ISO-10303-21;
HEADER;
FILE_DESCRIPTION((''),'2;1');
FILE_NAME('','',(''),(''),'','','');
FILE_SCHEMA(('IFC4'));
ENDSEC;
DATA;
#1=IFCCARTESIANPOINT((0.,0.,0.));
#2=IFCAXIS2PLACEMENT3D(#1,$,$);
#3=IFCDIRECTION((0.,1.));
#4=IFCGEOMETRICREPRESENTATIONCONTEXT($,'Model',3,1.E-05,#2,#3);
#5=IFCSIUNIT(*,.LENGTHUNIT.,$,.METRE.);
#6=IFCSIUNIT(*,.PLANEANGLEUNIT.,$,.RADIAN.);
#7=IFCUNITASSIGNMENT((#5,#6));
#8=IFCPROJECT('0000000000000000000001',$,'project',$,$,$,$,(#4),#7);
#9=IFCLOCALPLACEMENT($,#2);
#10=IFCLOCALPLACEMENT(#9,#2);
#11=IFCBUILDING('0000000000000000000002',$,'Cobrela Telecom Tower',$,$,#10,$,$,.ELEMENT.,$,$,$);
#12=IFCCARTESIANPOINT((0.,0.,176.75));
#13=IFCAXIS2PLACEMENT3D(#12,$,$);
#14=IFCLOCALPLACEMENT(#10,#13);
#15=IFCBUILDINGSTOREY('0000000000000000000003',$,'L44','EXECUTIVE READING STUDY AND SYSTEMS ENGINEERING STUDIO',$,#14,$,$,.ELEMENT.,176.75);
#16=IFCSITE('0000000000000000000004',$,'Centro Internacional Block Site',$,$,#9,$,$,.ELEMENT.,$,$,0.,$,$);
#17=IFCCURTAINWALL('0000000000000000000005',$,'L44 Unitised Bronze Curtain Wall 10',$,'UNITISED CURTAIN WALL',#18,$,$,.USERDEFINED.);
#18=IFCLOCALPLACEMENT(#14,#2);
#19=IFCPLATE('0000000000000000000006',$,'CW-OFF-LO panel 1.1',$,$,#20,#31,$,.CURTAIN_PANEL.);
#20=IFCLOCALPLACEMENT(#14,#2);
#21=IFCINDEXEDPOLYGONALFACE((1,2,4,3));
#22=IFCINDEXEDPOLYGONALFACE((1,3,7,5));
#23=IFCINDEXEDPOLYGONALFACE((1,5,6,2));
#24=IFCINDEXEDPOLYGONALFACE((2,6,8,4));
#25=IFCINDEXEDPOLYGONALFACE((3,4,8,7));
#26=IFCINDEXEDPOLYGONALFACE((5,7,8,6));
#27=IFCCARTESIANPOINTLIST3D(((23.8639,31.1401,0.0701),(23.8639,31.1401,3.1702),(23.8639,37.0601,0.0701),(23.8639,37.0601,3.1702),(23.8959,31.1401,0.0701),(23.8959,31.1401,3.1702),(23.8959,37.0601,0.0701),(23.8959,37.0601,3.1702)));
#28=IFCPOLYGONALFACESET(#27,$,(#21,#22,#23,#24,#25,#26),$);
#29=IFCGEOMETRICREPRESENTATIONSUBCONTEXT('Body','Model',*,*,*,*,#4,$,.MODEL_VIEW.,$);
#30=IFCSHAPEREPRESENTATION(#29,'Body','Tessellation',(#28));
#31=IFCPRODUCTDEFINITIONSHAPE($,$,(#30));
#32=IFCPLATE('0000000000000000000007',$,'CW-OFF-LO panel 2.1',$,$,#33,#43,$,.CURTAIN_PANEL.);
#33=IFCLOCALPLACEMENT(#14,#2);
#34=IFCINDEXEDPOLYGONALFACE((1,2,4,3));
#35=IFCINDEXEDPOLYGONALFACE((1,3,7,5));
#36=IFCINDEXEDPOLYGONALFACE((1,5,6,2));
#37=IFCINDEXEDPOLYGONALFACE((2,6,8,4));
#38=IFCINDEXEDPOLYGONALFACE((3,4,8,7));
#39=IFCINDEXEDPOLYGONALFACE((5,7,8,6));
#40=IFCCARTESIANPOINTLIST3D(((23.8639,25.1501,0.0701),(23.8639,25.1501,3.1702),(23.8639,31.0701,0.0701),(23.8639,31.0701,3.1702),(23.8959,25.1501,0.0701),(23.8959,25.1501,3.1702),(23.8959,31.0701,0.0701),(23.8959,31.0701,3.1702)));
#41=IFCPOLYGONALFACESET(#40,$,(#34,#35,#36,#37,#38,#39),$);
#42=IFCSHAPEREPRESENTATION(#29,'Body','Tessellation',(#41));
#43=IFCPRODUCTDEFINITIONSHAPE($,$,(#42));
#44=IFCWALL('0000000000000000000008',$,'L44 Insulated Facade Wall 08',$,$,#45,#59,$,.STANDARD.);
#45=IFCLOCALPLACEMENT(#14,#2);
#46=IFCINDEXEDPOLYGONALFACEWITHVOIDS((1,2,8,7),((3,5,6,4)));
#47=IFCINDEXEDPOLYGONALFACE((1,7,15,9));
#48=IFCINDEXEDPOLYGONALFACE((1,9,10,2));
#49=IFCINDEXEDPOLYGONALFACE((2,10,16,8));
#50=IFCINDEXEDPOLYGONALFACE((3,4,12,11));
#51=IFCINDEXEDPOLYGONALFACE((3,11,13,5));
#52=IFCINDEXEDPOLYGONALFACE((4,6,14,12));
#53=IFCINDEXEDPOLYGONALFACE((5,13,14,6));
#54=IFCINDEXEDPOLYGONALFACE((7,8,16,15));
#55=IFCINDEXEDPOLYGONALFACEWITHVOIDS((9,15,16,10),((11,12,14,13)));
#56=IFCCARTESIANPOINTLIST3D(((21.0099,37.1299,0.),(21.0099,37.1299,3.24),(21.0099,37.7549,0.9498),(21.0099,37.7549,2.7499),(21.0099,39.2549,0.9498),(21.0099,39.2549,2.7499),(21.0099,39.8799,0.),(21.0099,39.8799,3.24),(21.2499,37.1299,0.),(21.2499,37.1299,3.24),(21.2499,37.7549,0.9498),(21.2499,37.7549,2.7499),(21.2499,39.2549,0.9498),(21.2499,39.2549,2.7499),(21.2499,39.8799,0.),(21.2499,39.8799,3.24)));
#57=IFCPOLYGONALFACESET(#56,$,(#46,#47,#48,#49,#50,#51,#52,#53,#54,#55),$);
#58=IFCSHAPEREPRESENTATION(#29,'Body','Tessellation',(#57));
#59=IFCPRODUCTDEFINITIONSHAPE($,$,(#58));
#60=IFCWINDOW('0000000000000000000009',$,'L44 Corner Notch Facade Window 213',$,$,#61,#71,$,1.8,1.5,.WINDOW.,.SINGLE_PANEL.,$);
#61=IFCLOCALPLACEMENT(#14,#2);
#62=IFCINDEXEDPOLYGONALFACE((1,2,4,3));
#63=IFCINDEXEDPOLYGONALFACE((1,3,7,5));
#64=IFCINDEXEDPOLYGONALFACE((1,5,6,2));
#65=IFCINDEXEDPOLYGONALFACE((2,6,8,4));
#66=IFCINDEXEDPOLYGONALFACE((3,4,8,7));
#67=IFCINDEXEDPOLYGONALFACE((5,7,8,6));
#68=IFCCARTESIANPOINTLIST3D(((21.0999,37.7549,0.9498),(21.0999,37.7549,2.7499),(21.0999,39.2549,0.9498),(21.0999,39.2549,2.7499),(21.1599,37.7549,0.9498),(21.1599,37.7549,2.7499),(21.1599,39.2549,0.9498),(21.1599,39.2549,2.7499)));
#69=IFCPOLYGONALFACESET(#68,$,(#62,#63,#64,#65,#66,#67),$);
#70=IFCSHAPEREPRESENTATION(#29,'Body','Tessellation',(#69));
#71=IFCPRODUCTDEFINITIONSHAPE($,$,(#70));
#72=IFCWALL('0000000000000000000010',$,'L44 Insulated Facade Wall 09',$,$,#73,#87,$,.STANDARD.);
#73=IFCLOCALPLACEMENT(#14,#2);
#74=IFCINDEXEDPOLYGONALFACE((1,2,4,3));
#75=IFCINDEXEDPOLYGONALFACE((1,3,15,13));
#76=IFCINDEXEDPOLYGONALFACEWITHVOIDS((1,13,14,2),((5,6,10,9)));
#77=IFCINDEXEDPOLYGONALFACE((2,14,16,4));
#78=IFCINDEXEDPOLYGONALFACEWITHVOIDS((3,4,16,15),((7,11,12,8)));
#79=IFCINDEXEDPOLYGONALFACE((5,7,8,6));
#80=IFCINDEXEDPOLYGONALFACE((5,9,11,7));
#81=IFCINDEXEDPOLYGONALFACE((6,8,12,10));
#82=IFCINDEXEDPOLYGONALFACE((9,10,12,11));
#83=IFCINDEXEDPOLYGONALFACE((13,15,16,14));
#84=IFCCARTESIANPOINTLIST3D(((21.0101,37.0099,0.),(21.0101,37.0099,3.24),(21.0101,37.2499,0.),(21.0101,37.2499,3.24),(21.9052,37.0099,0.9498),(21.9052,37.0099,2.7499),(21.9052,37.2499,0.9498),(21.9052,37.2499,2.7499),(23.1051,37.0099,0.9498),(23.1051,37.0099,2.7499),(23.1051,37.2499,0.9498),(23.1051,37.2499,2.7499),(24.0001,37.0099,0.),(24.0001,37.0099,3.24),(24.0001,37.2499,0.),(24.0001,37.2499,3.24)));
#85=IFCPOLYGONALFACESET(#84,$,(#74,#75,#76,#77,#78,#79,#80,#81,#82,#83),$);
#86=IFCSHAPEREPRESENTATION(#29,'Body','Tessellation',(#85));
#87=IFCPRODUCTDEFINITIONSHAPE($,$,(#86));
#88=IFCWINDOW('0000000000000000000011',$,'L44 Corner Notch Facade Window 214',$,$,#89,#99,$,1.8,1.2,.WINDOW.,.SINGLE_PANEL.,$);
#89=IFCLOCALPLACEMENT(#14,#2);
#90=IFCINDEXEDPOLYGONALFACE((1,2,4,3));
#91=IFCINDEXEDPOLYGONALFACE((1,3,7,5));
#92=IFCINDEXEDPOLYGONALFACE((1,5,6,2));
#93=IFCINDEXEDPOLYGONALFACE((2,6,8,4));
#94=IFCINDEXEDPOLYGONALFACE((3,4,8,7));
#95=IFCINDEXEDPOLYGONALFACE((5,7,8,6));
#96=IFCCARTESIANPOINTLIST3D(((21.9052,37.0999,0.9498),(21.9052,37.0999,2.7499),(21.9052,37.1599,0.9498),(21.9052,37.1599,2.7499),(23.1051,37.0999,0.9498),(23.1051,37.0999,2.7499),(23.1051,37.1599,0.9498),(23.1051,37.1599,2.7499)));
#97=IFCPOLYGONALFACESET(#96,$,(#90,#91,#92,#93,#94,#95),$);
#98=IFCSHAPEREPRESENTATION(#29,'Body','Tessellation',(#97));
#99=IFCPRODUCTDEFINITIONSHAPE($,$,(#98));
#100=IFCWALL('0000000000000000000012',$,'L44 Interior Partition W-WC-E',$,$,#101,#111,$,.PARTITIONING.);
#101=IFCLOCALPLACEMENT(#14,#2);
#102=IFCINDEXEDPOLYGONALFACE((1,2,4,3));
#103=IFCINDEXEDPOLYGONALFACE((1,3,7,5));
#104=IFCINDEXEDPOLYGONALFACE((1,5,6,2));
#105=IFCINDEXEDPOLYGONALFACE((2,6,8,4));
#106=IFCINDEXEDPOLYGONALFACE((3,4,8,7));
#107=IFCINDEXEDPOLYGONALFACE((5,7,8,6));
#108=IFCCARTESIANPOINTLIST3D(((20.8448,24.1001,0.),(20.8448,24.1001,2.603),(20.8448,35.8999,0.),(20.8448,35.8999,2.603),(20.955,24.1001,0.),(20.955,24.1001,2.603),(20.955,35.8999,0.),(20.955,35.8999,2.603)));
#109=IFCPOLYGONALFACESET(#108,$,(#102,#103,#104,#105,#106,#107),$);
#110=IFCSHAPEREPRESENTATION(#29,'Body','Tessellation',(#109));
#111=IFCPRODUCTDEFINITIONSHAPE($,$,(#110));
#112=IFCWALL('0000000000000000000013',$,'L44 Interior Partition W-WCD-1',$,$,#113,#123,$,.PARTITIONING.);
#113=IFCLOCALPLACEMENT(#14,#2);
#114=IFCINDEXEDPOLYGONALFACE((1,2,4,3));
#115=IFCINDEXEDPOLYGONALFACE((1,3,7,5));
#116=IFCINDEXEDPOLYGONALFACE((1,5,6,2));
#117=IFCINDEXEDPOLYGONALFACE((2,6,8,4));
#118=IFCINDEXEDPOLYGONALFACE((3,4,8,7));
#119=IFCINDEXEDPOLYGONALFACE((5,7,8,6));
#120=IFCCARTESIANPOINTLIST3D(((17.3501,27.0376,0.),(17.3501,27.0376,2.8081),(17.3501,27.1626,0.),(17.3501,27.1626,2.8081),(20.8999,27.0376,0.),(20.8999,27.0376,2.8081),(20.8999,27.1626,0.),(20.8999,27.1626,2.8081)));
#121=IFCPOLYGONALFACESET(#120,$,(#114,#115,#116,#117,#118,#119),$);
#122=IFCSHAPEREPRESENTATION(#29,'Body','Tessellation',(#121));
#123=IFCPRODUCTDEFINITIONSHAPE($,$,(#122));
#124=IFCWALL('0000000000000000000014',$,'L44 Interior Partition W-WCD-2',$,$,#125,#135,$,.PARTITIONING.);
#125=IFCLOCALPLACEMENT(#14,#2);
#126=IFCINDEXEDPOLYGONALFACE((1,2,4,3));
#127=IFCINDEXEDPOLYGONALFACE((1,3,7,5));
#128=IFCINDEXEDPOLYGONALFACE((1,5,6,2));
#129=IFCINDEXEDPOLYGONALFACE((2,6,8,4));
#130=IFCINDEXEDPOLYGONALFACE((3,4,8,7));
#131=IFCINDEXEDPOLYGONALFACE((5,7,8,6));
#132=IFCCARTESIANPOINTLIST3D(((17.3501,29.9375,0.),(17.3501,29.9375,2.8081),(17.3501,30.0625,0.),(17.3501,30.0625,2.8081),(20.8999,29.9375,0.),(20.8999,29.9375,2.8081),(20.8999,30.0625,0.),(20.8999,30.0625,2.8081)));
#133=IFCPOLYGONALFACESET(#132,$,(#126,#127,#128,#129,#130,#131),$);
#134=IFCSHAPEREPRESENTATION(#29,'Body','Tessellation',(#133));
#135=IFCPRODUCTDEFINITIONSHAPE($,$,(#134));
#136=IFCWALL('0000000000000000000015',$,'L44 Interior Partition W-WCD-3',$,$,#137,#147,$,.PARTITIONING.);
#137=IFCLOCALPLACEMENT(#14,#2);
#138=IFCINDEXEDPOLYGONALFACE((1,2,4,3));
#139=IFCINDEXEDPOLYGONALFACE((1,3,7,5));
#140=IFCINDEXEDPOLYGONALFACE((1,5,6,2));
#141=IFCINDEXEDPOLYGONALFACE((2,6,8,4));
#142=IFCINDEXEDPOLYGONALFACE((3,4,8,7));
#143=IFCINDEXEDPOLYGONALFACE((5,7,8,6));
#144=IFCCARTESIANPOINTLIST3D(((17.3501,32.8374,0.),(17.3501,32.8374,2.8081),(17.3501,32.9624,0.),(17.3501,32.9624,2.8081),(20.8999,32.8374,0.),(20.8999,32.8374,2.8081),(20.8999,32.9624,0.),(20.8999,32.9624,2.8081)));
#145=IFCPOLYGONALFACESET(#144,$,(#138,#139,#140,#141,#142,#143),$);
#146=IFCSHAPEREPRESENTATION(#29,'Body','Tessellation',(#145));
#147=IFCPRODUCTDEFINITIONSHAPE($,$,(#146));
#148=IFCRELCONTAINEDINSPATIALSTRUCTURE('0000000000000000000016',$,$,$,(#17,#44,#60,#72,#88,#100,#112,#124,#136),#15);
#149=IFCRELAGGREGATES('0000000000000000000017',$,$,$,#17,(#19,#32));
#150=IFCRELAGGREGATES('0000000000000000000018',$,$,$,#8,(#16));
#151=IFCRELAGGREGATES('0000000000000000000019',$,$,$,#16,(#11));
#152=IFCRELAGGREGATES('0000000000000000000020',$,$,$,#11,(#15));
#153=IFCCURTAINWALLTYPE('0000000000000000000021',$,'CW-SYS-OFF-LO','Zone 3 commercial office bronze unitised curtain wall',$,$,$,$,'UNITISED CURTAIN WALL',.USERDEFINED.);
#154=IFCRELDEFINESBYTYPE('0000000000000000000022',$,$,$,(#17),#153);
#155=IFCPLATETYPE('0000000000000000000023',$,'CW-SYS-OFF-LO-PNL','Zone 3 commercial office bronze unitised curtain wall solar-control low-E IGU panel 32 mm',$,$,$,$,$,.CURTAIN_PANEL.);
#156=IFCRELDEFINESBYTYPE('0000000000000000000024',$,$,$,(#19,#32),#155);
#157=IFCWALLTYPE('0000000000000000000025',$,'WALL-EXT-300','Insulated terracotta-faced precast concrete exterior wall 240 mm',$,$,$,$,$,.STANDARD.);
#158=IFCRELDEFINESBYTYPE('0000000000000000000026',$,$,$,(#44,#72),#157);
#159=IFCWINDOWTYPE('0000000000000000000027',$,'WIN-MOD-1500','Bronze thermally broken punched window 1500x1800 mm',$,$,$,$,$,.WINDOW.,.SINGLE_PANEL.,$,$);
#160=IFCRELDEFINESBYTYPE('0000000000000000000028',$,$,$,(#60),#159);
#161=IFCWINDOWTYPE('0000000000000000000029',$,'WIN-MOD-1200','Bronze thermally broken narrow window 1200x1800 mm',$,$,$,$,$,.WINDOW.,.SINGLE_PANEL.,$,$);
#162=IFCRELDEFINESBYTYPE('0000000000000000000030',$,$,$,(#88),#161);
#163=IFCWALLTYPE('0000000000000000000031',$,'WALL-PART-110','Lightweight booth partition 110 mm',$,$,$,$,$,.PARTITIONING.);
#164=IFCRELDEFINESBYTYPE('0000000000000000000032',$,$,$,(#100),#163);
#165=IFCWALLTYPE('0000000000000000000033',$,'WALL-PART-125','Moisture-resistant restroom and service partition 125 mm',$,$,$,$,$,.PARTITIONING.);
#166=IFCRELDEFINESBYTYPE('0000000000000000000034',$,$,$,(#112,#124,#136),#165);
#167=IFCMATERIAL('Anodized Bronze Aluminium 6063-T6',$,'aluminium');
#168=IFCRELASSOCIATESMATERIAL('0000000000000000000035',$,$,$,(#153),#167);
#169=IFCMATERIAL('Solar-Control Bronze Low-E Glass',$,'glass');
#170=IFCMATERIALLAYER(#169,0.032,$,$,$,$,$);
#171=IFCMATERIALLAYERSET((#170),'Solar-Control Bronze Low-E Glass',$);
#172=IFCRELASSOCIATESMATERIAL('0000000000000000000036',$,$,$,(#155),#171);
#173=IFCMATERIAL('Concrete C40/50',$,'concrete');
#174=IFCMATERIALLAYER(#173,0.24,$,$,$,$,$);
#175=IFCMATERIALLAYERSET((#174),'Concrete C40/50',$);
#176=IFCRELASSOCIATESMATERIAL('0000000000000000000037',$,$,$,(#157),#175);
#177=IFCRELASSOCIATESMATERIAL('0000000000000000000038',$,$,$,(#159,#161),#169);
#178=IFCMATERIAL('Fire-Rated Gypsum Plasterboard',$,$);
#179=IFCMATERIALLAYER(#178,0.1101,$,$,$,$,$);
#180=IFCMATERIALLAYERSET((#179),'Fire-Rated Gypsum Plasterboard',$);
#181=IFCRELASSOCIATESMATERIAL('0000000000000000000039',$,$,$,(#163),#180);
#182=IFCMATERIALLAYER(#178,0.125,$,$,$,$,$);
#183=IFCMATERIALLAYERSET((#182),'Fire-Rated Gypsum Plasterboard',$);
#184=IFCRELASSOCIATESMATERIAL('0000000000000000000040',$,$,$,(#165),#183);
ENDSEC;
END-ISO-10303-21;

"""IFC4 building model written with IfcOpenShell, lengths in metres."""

from ifc_helpers import new_model, si_unit, direction, frame, frame_2d, origin, origin_2d, place, context, subcontext, project, spatial, rectangle, extrude, material, layer, layer_set, type_object, element, fill, aggregate, save


model = new_model("IFC4")

# Units and contexts
model_context = context("Model", 3, precision=1e-05, world=origin(), true_north=direction((0.0, 1.0)))
body_context = subcontext(model_context, "Body", "Model", "MODEL_VIEW")
ifc_project = project(units=[si_unit("LENGTHUNIT", "METRE"), si_unit("PLANEANGLEUNIT", "RADIAN")], contexts=[model_context])

# Site, building, storey
site_placement = place(None, origin())
site = spatial("IfcSite", under=ifc_project, at=site_placement, Name="Centro Internacional Block Site", CompositionType="ELEMENT", RefElevation=0.0)
building_placement = place(site_placement, origin())
building = spatial("IfcBuilding", under=site, at=building_placement, Name="Cobrela Telecom Tower", CompositionType="ELEMENT")
storey_placement = place(building_placement, frame((0.0, 0.0, 176.75)))
storey = spatial("IfcBuildingStorey", under=building, at=storey_placement, Name="L44", Description="EXECUTIVE READING STUDY AND SYSTEMS ENGINEERING STUDIO", CompositionType="ELEMENT", Elevation=176.75)

# Shared definitions
ifc_material_1 = material(Name="Anodized Bronze Aluminium 6063-T6", Category="aluminium")
curtain_wall_type = type_object("IfcCurtainWallType", Name="CW-SYS-OFF-LO", Description="Zone 3 commercial office bronze unitised curtain wall", ElementType="UNITISED CURTAIN WALL", PredefinedType="USERDEFINED", material=ifc_material_1)

# Curtain wall
curtain_wall_1_placement = place(storey_placement, origin())
curtain_wall_1 = element("IfcCurtainWall", 1, at=curtain_wall_1_placement, inside=storey, type_object=curtain_wall_type, Name="L44 Unitised Bronze Curtain Wall 10", ObjectType="UNITISED CURTAIN WALL", PredefinedType="USERDEFINED")

# Plates
ifc_material_2 = material(Name="Solar-Control Bronze Low-E Glass", Category="glass")
ifc_layer_1 = layer(ifc_material_2, 0.032)
ifc_layer_set_1 = layer_set([ifc_layer_1], Name="Solar-Control Bronze Low-E Glass")
plate_type = type_object("IfcPlateType", Name="CW-SYS-OFF-LO-PNL", Description="Zone 3 commercial office bronze unitised curtain wall solar-control low-E IGU panel 32 mm", PredefinedType="CURTAIN_PANEL", material=ifc_layer_set_1)
plate_1_placement = place(storey_placement, frame((23.8799, 34.1001, 0.0701), z_axis=(0.0, 0.0, 1.0), x_axis=(0.0, -1.0, 0.0)))
plate_1 = element("IfcPlate", 2, at=plate_1_placement, type_object=plate_type, Name="CW-OFF-LO panel 1.1", PredefinedType="CURTAIN_PANEL", context=body_context, shape_type="SweptSolid", body=[
    extrude(rectangle(XDim=5.9199, YDim=0.032, at=origin_2d()), origin(), (0.0, 0.0, 1.0), 3.1001),
])
plate_2_placement = place(storey_placement, frame((23.8799, 28.1101, 0.0701), z_axis=(0.0, 0.0, 1.0), x_axis=(0.0, -1.0, 0.0)))
plate_2 = element("IfcPlate", 3, at=plate_2_placement, type_object=plate_type, Name="CW-OFF-LO panel 2.1", PredefinedType="CURTAIN_PANEL", context=body_context, shape_type="SweptSolid", body=[
    extrude(rectangle(XDim=5.9199, YDim=0.032, at=origin_2d()), origin(), (0.0, 0.0, 1.0), 3.1001),
])
aggregate(curtain_wall_1, [plate_1, plate_2])

# Walls, openings, windows
ifc_material_3 = material(Name="Concrete C40/50", Category="concrete")
ifc_layer_2 = layer(ifc_material_3, 0.24)
ifc_layer_set_2 = layer_set([ifc_layer_2], Name="Concrete C40/50")
wall_type_1 = type_object("IfcWallType", Name="WALL-EXT-300", Description="Insulated terracotta-faced precast concrete exterior wall 240 mm", PredefinedType="STANDARD", material=ifc_layer_set_2)
wall_1_placement = place(storey_placement, frame((21.1299, 39.8799, 0.0), z_axis=(0.0, 0.0, 1.0), x_axis=(0.0, -1.0, 0.0)))
wall_1 = element("IfcWall", 4, at=wall_1_placement, inside=storey, type_object=wall_type_1, Name="L44 Insulated Facade Wall 08", PredefinedType="STANDARD", context=body_context, shape_type="SweptSolid", body=[
    extrude(rectangle(XDim=2.75, YDim=0.24, at=frame_2d((1.375, 0.0))), origin(), (0.0, 0.0, 1.0), 3.24),
])
opening_1_placement = place(wall_1_placement, frame((0.625, 0.0, 0.95)))
opening_1 = element("IfcOpeningElement", 5, at=opening_1_placement, cuts=wall_1, PredefinedType="OPENING", context=body_context, shape_type="SweptSolid", body=[
    extrude(rectangle(XDim=1.5, YDim=1.8, at=frame_2d((0.75, 0.8999))), frame((0.0, 0.1318, 0.0), z_axis=(0.0, -1.0, 0.0), x_axis=(1.0, 0.0, 0.0)), (0.0, 0.0, 1.0), 0.2639),
])
window_type_1 = type_object("IfcWindowType", Name="WIN-MOD-1500", Description="Bronze thermally broken punched window 1500x1800 mm", PartitioningType="SINGLE_PANEL", PredefinedType="WINDOW", material=ifc_material_2)
window_1_placement = place(opening_1_placement, origin())
window_1 = element("IfcWindow", 6, at=window_1_placement, inside=storey, type_object=window_type_1, Name="L44 Corner Notch Facade Window 213", OverallHeight=1.8, OverallWidth=1.5, PartitioningType="SINGLE_PANEL", PredefinedType="WINDOW", context=body_context, shape_type="SweptSolid", body=[
    extrude(rectangle(XDim=1.5, YDim=1.8, at=frame_2d((0.75, 0.8999))), frame((0.0, 0.03, 0.0), z_axis=(0.0, -1.0, 0.0), x_axis=(1.0, 0.0, 0.0)), (0.0, 0.0, 1.0), 0.0601),
])
fill(opening_1, window_1)
wall_2_placement = place(storey_placement, frame((21.01, 37.1299, 0.0), z_axis=(0.0, 0.0, 1.0), x_axis=(1.0, 0.0, 0.0)))
wall_2 = element("IfcWall", 7, at=wall_2_placement, inside=storey, type_object=wall_type_1, Name="L44 Insulated Facade Wall 09", PredefinedType="STANDARD", context=body_context, shape_type="SweptSolid", body=[
    extrude(rectangle(XDim=2.99, YDim=0.24, at=frame_2d((1.4951, 0.0))), origin(), (0.0, 0.0, 1.0), 3.24),
])
opening_2_placement = place(wall_2_placement, frame((0.895, 0.0, 0.95)))
opening_2 = element("IfcOpeningElement", 8, at=opening_2_placement, cuts=wall_2, PredefinedType="OPENING", context=body_context, shape_type="SweptSolid", body=[
    extrude(rectangle(XDim=1.2, YDim=1.8, at=frame_2d((0.6001, 0.8999))), frame((0.0, 0.1318, 0.0), z_axis=(0.0, -1.0, 0.0), x_axis=(1.0, 0.0, 0.0)), (0.0, 0.0, 1.0), 0.2639),
])
window_type_2 = type_object("IfcWindowType", Name="WIN-MOD-1200", Description="Bronze thermally broken narrow window 1200x1800 mm", PartitioningType="SINGLE_PANEL", PredefinedType="WINDOW", material=ifc_material_2)
window_2_placement = place(opening_2_placement, origin())
window_2 = element("IfcWindow", 9, at=window_2_placement, inside=storey, type_object=window_type_2, Name="L44 Corner Notch Facade Window 214", OverallHeight=1.8, OverallWidth=1.2, PartitioningType="SINGLE_PANEL", PredefinedType="WINDOW", context=body_context, shape_type="SweptSolid", body=[
    extrude(rectangle(XDim=1.2, YDim=1.8, at=frame_2d((0.6001, 0.8999))), frame((0.0, 0.03, 0.0), z_axis=(0.0, -1.0, 0.0), x_axis=(1.0, 0.0, 0.0)), (0.0, 0.0, 1.0), 0.0601),
])
fill(opening_2, window_2)

# Walls
ifc_material_4 = material(Name="Fire-Rated Gypsum Plasterboard")
ifc_layer_3 = layer(ifc_material_4, 0.1101)
ifc_layer_set_3 = layer_set([ifc_layer_3], Name="Fire-Rated Gypsum Plasterboard")
wall_type_2 = type_object("IfcWallType", Name="WALL-PART-110", Description="Lightweight booth partition 110 mm", PredefinedType="PARTITIONING", material=ifc_layer_set_3)
wall_3_placement = place(storey_placement, frame((20.8999, 24.1001, 0.0), z_axis=(0.0, 0.0, 1.0), x_axis=(0.0, 1.0, 0.0)))
element("IfcWall", 10, at=wall_3_placement, inside=storey, type_object=wall_type_2, Name="L44 Interior Partition W-WC-E", PredefinedType="PARTITIONING", context=body_context, shape_type="SweptSolid", body=[
    extrude(rectangle(XDim=11.7998, YDim=0.1101, at=frame_2d((5.8999, 0.0))), origin(), (0.0, 0.0, 1.0), 2.603),
])
ifc_layer_4 = layer(ifc_material_4, 0.125)
ifc_layer_set_4 = layer_set([ifc_layer_4], Name="Fire-Rated Gypsum Plasterboard")
wall_type_3 = type_object("IfcWallType", Name="WALL-PART-125", Description="Moisture-resistant restroom and service partition 125 mm", PredefinedType="PARTITIONING", material=ifc_layer_set_4)
for number, where, z_axis, x_axis, name in (
    (11, (17.3501, 27.1001, 0.0), (0.0, 0.0, 1.0), (1.0, 0.0, 0.0), "L44 Interior Partition W-WCD-1"),
    (12, (17.3501, 30.0, 0.0), (0.0, 0.0, 1.0), (1.0, 0.0, 0.0), "L44 Interior Partition W-WCD-2"),
    (13, (17.3501, 32.8999, 0.0), (0.0, 0.0, 1.0), (1.0, 0.0, 0.0), "L44 Interior Partition W-WCD-3"),
):
    element("IfcWall", number, at=place(storey_placement, frame(where, z_axis=z_axis, x_axis=x_axis)), inside=storey, type_object=wall_type_3, Name=name, PredefinedType="PARTITIONING", context=body_context, shape_type="SweptSolid", body=[
        extrude(rectangle(XDim=3.5498, YDim=0.125, at=frame_2d((1.7749, 0.0))), origin(), (0.0, 0.0, 1.0), 2.8081),
    ])

save(model, "model.ifc")
